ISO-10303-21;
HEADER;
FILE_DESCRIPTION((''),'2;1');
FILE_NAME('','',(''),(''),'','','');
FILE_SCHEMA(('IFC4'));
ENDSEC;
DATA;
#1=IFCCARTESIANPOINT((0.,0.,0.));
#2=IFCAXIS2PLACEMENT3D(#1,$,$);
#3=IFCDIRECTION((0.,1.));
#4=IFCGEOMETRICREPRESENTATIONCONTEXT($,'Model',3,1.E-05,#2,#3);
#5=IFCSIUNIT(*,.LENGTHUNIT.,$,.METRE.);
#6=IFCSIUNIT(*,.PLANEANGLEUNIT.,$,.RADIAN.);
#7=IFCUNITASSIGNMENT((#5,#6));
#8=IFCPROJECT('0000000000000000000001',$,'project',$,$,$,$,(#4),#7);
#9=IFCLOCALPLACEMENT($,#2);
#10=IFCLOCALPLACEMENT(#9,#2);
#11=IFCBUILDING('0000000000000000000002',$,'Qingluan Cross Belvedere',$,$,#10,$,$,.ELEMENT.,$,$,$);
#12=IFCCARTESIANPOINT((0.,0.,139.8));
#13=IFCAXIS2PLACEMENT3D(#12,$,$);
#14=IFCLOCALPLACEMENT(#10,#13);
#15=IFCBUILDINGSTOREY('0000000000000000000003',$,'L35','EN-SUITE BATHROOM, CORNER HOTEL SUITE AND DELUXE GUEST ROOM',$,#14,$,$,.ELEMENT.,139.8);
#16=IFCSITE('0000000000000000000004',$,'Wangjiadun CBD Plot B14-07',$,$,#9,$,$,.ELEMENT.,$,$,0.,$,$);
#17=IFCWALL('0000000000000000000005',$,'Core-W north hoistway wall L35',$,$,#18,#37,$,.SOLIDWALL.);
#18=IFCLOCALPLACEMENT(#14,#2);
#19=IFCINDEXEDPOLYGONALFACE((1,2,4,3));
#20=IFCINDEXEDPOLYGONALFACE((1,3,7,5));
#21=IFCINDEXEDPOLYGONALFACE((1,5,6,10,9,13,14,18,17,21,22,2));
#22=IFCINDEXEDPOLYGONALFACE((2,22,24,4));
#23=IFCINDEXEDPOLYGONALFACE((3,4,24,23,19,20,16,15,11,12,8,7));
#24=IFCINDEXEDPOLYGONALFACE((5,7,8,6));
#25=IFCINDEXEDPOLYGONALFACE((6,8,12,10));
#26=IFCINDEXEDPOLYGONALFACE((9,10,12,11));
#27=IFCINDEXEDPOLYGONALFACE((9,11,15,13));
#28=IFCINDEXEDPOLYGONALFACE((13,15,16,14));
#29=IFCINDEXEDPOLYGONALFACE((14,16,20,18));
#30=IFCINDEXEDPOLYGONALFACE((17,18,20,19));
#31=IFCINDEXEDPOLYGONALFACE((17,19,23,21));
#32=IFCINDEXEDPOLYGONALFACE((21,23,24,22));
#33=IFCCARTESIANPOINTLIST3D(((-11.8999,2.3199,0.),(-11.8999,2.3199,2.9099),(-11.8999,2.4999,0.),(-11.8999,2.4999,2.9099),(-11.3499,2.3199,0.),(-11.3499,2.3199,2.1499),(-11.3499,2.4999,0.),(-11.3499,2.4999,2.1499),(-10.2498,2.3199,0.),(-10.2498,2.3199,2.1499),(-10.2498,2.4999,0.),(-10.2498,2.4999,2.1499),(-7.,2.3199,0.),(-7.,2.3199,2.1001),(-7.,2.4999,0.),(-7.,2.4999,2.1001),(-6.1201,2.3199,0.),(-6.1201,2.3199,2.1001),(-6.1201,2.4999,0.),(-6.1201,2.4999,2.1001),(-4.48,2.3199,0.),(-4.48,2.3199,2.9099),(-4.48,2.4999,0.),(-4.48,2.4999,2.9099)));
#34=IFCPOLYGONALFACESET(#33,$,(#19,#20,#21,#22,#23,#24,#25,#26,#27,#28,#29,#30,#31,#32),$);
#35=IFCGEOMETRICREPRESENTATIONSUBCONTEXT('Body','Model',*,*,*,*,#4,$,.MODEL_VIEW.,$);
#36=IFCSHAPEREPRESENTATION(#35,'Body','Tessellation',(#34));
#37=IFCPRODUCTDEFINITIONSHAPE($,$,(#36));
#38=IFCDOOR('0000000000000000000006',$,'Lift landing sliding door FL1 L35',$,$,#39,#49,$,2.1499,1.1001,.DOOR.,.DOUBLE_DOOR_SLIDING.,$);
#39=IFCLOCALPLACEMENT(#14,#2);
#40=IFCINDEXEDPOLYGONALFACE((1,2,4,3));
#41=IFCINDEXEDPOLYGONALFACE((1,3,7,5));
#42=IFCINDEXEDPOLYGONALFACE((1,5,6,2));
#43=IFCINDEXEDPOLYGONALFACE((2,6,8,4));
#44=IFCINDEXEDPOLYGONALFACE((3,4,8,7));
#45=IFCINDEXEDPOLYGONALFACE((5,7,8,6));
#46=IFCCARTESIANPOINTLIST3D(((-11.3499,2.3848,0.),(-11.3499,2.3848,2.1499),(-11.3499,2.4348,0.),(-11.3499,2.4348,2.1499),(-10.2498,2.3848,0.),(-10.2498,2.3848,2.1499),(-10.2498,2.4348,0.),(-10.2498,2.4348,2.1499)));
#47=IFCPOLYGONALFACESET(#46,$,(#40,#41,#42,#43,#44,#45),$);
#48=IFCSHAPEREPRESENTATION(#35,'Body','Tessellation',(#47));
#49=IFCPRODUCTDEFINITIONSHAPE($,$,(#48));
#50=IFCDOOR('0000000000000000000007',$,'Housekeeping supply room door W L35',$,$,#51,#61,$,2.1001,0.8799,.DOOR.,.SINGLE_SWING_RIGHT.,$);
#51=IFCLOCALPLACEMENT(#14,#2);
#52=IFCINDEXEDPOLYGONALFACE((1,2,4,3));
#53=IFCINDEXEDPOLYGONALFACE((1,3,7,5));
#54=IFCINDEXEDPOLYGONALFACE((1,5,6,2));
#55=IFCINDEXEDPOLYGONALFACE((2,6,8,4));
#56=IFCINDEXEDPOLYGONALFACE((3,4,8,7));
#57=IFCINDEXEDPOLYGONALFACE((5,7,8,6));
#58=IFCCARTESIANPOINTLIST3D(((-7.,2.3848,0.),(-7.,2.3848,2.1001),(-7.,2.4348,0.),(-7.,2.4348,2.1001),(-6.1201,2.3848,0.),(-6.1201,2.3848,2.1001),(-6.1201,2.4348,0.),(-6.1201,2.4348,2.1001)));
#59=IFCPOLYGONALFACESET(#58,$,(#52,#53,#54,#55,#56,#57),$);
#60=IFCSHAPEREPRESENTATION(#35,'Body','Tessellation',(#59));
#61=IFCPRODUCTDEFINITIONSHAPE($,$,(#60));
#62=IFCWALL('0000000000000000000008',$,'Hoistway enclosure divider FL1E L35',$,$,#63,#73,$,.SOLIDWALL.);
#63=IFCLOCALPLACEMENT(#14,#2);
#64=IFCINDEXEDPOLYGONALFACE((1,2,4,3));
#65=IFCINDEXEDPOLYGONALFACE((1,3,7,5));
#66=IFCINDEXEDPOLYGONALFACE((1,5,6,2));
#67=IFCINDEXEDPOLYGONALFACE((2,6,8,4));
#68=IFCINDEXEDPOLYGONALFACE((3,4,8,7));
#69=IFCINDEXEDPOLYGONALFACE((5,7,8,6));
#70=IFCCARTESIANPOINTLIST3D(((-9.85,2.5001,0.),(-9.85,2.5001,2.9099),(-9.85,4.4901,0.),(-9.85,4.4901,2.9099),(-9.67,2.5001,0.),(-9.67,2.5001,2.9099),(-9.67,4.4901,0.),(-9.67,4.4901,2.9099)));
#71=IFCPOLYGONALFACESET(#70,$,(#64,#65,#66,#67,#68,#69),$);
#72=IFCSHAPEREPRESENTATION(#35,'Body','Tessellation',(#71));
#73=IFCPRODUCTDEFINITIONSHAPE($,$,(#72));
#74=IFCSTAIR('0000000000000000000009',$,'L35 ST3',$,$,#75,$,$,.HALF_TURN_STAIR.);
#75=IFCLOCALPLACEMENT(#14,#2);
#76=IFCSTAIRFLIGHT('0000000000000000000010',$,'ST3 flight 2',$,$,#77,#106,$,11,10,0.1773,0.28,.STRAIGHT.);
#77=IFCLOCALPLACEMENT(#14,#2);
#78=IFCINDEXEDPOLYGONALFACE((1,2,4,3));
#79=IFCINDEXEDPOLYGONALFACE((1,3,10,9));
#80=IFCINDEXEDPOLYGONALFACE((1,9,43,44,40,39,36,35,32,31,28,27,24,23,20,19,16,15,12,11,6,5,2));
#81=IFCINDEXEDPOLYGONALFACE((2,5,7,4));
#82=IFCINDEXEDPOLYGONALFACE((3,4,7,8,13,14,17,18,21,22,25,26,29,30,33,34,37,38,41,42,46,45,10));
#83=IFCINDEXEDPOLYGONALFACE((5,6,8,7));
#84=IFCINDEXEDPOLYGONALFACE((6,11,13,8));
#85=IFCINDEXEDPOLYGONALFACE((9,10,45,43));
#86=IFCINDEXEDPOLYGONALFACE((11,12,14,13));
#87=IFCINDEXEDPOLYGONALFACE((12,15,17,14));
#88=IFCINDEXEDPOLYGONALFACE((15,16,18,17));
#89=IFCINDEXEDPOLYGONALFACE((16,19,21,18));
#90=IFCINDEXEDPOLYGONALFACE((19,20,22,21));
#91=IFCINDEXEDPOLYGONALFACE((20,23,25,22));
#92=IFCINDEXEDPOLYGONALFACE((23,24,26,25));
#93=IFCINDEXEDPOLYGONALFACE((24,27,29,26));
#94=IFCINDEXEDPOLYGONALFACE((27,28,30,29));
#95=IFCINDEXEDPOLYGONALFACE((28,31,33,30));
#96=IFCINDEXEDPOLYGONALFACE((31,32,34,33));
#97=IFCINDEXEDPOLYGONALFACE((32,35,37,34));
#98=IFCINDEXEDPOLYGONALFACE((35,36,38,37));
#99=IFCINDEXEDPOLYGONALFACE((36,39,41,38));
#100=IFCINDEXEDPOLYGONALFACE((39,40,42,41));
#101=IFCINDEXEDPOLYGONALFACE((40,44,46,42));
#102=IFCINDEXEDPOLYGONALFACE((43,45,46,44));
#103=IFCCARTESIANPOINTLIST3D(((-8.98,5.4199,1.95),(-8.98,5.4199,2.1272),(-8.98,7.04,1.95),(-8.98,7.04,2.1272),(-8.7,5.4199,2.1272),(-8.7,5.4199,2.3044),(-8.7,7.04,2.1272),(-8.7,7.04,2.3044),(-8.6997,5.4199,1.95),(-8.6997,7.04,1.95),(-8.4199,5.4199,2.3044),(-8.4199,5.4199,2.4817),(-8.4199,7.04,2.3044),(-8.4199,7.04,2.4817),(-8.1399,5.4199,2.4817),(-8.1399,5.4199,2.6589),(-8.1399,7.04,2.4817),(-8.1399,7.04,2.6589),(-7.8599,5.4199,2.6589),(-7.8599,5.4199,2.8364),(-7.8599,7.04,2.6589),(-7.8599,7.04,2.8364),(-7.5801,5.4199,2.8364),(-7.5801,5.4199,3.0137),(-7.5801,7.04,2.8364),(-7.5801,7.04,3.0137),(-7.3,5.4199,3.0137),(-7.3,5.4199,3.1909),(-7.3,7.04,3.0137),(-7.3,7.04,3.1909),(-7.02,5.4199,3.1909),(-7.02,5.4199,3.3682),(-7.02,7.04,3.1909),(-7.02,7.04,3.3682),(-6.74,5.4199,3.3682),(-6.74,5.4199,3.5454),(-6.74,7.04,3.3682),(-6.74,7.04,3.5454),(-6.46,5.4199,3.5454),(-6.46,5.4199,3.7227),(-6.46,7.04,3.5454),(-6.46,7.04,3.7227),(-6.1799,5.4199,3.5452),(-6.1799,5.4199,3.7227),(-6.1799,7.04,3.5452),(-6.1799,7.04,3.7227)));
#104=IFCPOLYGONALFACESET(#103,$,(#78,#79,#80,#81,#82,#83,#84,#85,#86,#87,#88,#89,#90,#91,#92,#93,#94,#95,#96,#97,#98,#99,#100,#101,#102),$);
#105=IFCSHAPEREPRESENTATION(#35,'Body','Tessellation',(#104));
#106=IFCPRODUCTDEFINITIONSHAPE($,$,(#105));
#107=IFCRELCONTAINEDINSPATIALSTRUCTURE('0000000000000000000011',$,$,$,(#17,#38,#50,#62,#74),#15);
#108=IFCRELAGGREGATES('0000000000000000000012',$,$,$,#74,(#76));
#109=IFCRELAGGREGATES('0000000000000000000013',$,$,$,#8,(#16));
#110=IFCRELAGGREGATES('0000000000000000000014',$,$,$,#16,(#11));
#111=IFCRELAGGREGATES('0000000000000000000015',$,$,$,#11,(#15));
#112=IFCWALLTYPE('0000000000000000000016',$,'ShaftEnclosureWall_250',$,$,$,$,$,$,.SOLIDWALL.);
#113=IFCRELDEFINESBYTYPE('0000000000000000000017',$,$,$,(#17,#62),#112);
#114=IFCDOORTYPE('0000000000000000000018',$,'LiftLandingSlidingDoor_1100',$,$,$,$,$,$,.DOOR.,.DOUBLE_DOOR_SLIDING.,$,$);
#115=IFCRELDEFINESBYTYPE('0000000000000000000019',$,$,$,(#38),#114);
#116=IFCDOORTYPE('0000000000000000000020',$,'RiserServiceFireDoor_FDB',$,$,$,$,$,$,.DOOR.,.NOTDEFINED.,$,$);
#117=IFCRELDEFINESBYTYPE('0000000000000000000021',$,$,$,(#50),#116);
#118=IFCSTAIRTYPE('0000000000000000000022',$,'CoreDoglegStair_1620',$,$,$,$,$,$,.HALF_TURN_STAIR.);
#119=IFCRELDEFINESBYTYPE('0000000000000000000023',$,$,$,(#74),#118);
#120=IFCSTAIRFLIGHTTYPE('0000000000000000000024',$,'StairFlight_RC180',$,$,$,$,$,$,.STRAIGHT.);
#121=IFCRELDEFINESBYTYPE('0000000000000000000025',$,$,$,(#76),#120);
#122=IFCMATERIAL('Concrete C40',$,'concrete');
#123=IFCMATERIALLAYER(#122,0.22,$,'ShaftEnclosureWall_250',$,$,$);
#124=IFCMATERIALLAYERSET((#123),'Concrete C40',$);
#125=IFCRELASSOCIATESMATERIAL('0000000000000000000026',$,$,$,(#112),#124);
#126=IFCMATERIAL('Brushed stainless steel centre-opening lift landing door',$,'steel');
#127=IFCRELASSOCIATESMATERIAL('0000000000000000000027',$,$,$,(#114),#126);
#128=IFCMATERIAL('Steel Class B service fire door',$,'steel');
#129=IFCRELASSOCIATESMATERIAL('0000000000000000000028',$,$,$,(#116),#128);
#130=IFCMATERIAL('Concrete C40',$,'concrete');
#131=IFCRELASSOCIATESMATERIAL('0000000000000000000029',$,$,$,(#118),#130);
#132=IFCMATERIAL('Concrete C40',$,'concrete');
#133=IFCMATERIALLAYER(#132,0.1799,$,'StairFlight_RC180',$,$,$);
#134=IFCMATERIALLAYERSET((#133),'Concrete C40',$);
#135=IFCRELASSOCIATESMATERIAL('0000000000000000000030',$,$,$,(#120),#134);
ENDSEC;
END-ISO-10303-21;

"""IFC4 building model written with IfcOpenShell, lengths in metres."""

from ifc_helpers import new_model, si_unit, direction, frame, frame_2d, origin, place, context, subcontext, project, spatial, polyline, rectangle, outline, extrude, material, layer, layer_set, type_object, element, fill, aggregate, save


model = new_model("IFC4")

# Units and contexts
model_context = context("Model", 3, precision=1e-05, world=origin(), true_north=direction((0.0, 1.0)))
body_context = subcontext(model_context, "Body", "Model", "MODEL_VIEW")
ifc_project = project(units=[si_unit("LENGTHUNIT", "METRE"), si_unit("PLANEANGLEUNIT", "RADIAN")], contexts=[model_context])

# Site, building, storey
site_placement = place(None, origin())
site = spatial("IfcSite", under=ifc_project, at=site_placement, Name="Wangjiadun CBD Plot B14-07", CompositionType="ELEMENT", RefElevation=0.0)
building_placement = place(site_placement, origin())
building = spatial("IfcBuilding", under=site, at=building_placement, Name="Qingluan Cross Belvedere", CompositionType="ELEMENT")
storey_placement = place(building_placement, frame((0.0, 0.0, 139.8)))
storey = spatial("IfcBuildingStorey", under=building, at=storey_placement, Name="L35", Description="EN-SUITE BATHROOM, CORNER HOTEL SUITE AND DELUXE GUEST ROOM", CompositionType="ELEMENT", Elevation=139.8)

# Wall, openings, doors
ifc_material_1 = material(Name="Concrete C40", Category="concrete")
ifc_layer_1 = layer(ifc_material_1, 0.22, Name="ShaftEnclosureWall_250")
ifc_layer_set_1 = layer_set([ifc_layer_1], Name="Concrete C40")
wall_type_1 = type_object("IfcWallType", Name="ShaftEnclosureWall_250", PredefinedType="SOLIDWALL", material=ifc_layer_set_1)
wall_1_placement = place(storey_placement, frame((-11.8999, 2.4099, 0.0), z_axis=(0.0, 0.0, 1.0), x_axis=(1.0, 0.0, 0.0)))
wall_1 = element("IfcWall", 1, at=wall_1_placement, inside=storey, type_object=wall_type_1, Name="Core-W north hoistway wall L35", PredefinedType="SOLIDWALL", context=body_context, shape_type="SweptSolid", body=[
    extrude(rectangle(XDim=7.4199, YDim=0.1799, at=frame_2d((3.71, 0.0))), origin(), (0.0, 0.0, 1.0), 2.9099),
])
opening_1_placement = place(wall_1_placement, frame((0.55, 0.0, 0.0)))
opening_1 = element("IfcOpeningElement", 2, at=opening_1_placement, cuts=wall_1, PredefinedType="OPENING", context=body_context, shape_type="SweptSolid", body=[
    extrude(rectangle(XDim=1.1001, YDim=2.1499, at=frame_2d((0.55, 1.075))), frame((0.0, 0.0999, 0.0), z_axis=(0.0, -1.0, 0.0), x_axis=(1.0, 0.0, 0.0)), (0.0, 0.0, 1.0), 0.2),
])
opening_2_placement = place(wall_1_placement, frame((4.8999, 0.0, 0.0)))
opening_2 = element("IfcOpeningElement", 3, at=opening_2_placement, cuts=wall_1, PredefinedType="OPENING", context=body_context, shape_type="SweptSolid", body=[
    extrude(rectangle(XDim=0.8799, YDim=2.1001, at=frame_2d((0.4399, 1.05))), frame((0.0, 0.0999, 0.0), z_axis=(0.0, -1.0, 0.0), x_axis=(1.0, 0.0, 0.0)), (0.0, 0.0, 1.0), 0.2),
])
ifc_material_2 = material(Name="Brushed stainless steel centre-opening lift landing door", Category="steel")
door_type_1 = type_object("IfcDoorType", Name="LiftLandingSlidingDoor_1100", OperationType="DOUBLE_DOOR_SLIDING", PredefinedType="DOOR", material=ifc_material_2)
door_1_placement = place(opening_1_placement, origin())
door_1 = element("IfcDoor", 4, at=door_1_placement, inside=storey, type_object=door_type_1, Name="Lift landing sliding door FL1 L35", OperationType="DOUBLE_DOOR_SLIDING", OverallHeight=2.1499, OverallWidth=1.1001, PredefinedType="DOOR", context=body_context, shape_type="SweptSolid", body=[
    extrude(rectangle(XDim=1.1001, YDim=2.1499, at=frame_2d((0.55, 1.075))), frame((0.0, 0.0249, 0.0), z_axis=(0.0, -1.0, 0.0), x_axis=(1.0, 0.0, 0.0)), (0.0, 0.0, 1.0), 0.05),
])
fill(opening_1, door_1)
ifc_material_3 = material(Name="Steel Class B service fire door", Category="steel")
door_type_2 = type_object("IfcDoorType", Name="RiserServiceFireDoor_FDB", OperationType="NOTDEFINED", PredefinedType="DOOR", material=ifc_material_3)
door_2_placement = place(opening_2_placement, origin())
door_2 = element("IfcDoor", 5, at=door_2_placement, inside=storey, type_object=door_type_2, Name="Housekeeping supply room door W L35", OperationType="SINGLE_SWING_RIGHT", OverallHeight=2.1001, OverallWidth=0.8799, PredefinedType="DOOR", context=body_context, shape_type="SweptSolid", body=[
    extrude(rectangle(XDim=0.8799, YDim=2.1001, at=frame_2d((0.4399, 1.05))), frame((0.0, 0.0249, 0.0), z_axis=(0.0, -1.0, 0.0), x_axis=(1.0, 0.0, 0.0)), (0.0, 0.0, 1.0), 0.05),
])
fill(opening_2, door_2)

# Wall
wall_2_placement = place(storey_placement, frame((-9.76, 2.5, 0.0), z_axis=(0.0, 0.0, 1.0), x_axis=(0.0, 1.0, 0.0)))
element("IfcWall", 6, at=wall_2_placement, inside=storey, type_object=wall_type_1, Name="Hoistway enclosure divider FL1E L35", PredefinedType="SOLIDWALL", context=body_context, shape_type="SweptSolid", body=[
    extrude(rectangle(XDim=1.99, YDim=0.1799, at=frame_2d((0.9951, 0.0))), origin(), (0.0, 0.0, 1.0), 2.9099),
])

# Stair, stair flight
ifc_material_4 = material(Name="Concrete C40", Category="concrete")
stair_type = type_object("IfcStairType", Name="CoreDoglegStair_1620", PredefinedType="HALF_TURN_STAIR", material=ifc_material_4)
stair_placement = place(storey_placement, origin())
stair = element("IfcStair", 7, at=stair_placement, inside=storey, type_object=stair_type, Name="L35 ST3", PredefinedType="HALF_TURN_STAIR")
ifc_material_5 = material(Name="Concrete C40", Category="concrete")
ifc_layer_2 = layer(ifc_material_5, 0.1799, Name="StairFlight_RC180")
ifc_layer_set_2 = layer_set([ifc_layer_2], Name="Concrete C40")
stair_flight_type = type_object("IfcStairFlightType", Name="StairFlight_RC180", PredefinedType="STRAIGHT", material=ifc_layer_set_2)
stair_flight_placement = place(storey_placement, frame((-8.98, 6.23, 1.95), z_axis=(0.0, 0.0, 1.0), x_axis=(1.0, 0.0, 0.0)))
stair_flight = element("IfcStairFlight", 8, at=stair_flight_placement, type_object=stair_flight_type, Name="ST3 flight 2", NumberOfRisers=11, NumberOfTreads=10, PredefinedType="STRAIGHT", RiserHeight=0.1773, TreadLength=0.28, context=body_context, shape_type="SweptSolid", body=[
    extrude(outline(polyline([(0.0, 0.0), (0.0, 0.1772), (0.28, 0.1772), (0.28, 0.3545), (0.5601, 0.3545), (0.5601, 0.5317), (0.8401, 0.5317), (0.8401, 0.709), (1.1201, 0.709), (1.1201, 0.8865), (1.3999, 0.8865), (1.3999, 1.0637), (1.6799, 1.0637), (1.6799, 1.241), (1.96, 1.241), (1.96, 1.4182), (2.24, 1.4182), (2.24, 1.5955), (2.52, 1.5955), (2.52, 1.7727), (2.8, 1.7727), (2.8, 1.95), (2.8, 1.5952), (0.2803, 0.0), (0.0, 0.0)])), frame((0.0, 0.8101, 0.0), z_axis=(0.0, -1.0, 0.0), x_axis=(1.0, 0.0, 0.0)), (0.0, 0.0, 1.0), 1.6201),
])
aggregate(stair, [stair_flight])

save(model, "model.ifc")
